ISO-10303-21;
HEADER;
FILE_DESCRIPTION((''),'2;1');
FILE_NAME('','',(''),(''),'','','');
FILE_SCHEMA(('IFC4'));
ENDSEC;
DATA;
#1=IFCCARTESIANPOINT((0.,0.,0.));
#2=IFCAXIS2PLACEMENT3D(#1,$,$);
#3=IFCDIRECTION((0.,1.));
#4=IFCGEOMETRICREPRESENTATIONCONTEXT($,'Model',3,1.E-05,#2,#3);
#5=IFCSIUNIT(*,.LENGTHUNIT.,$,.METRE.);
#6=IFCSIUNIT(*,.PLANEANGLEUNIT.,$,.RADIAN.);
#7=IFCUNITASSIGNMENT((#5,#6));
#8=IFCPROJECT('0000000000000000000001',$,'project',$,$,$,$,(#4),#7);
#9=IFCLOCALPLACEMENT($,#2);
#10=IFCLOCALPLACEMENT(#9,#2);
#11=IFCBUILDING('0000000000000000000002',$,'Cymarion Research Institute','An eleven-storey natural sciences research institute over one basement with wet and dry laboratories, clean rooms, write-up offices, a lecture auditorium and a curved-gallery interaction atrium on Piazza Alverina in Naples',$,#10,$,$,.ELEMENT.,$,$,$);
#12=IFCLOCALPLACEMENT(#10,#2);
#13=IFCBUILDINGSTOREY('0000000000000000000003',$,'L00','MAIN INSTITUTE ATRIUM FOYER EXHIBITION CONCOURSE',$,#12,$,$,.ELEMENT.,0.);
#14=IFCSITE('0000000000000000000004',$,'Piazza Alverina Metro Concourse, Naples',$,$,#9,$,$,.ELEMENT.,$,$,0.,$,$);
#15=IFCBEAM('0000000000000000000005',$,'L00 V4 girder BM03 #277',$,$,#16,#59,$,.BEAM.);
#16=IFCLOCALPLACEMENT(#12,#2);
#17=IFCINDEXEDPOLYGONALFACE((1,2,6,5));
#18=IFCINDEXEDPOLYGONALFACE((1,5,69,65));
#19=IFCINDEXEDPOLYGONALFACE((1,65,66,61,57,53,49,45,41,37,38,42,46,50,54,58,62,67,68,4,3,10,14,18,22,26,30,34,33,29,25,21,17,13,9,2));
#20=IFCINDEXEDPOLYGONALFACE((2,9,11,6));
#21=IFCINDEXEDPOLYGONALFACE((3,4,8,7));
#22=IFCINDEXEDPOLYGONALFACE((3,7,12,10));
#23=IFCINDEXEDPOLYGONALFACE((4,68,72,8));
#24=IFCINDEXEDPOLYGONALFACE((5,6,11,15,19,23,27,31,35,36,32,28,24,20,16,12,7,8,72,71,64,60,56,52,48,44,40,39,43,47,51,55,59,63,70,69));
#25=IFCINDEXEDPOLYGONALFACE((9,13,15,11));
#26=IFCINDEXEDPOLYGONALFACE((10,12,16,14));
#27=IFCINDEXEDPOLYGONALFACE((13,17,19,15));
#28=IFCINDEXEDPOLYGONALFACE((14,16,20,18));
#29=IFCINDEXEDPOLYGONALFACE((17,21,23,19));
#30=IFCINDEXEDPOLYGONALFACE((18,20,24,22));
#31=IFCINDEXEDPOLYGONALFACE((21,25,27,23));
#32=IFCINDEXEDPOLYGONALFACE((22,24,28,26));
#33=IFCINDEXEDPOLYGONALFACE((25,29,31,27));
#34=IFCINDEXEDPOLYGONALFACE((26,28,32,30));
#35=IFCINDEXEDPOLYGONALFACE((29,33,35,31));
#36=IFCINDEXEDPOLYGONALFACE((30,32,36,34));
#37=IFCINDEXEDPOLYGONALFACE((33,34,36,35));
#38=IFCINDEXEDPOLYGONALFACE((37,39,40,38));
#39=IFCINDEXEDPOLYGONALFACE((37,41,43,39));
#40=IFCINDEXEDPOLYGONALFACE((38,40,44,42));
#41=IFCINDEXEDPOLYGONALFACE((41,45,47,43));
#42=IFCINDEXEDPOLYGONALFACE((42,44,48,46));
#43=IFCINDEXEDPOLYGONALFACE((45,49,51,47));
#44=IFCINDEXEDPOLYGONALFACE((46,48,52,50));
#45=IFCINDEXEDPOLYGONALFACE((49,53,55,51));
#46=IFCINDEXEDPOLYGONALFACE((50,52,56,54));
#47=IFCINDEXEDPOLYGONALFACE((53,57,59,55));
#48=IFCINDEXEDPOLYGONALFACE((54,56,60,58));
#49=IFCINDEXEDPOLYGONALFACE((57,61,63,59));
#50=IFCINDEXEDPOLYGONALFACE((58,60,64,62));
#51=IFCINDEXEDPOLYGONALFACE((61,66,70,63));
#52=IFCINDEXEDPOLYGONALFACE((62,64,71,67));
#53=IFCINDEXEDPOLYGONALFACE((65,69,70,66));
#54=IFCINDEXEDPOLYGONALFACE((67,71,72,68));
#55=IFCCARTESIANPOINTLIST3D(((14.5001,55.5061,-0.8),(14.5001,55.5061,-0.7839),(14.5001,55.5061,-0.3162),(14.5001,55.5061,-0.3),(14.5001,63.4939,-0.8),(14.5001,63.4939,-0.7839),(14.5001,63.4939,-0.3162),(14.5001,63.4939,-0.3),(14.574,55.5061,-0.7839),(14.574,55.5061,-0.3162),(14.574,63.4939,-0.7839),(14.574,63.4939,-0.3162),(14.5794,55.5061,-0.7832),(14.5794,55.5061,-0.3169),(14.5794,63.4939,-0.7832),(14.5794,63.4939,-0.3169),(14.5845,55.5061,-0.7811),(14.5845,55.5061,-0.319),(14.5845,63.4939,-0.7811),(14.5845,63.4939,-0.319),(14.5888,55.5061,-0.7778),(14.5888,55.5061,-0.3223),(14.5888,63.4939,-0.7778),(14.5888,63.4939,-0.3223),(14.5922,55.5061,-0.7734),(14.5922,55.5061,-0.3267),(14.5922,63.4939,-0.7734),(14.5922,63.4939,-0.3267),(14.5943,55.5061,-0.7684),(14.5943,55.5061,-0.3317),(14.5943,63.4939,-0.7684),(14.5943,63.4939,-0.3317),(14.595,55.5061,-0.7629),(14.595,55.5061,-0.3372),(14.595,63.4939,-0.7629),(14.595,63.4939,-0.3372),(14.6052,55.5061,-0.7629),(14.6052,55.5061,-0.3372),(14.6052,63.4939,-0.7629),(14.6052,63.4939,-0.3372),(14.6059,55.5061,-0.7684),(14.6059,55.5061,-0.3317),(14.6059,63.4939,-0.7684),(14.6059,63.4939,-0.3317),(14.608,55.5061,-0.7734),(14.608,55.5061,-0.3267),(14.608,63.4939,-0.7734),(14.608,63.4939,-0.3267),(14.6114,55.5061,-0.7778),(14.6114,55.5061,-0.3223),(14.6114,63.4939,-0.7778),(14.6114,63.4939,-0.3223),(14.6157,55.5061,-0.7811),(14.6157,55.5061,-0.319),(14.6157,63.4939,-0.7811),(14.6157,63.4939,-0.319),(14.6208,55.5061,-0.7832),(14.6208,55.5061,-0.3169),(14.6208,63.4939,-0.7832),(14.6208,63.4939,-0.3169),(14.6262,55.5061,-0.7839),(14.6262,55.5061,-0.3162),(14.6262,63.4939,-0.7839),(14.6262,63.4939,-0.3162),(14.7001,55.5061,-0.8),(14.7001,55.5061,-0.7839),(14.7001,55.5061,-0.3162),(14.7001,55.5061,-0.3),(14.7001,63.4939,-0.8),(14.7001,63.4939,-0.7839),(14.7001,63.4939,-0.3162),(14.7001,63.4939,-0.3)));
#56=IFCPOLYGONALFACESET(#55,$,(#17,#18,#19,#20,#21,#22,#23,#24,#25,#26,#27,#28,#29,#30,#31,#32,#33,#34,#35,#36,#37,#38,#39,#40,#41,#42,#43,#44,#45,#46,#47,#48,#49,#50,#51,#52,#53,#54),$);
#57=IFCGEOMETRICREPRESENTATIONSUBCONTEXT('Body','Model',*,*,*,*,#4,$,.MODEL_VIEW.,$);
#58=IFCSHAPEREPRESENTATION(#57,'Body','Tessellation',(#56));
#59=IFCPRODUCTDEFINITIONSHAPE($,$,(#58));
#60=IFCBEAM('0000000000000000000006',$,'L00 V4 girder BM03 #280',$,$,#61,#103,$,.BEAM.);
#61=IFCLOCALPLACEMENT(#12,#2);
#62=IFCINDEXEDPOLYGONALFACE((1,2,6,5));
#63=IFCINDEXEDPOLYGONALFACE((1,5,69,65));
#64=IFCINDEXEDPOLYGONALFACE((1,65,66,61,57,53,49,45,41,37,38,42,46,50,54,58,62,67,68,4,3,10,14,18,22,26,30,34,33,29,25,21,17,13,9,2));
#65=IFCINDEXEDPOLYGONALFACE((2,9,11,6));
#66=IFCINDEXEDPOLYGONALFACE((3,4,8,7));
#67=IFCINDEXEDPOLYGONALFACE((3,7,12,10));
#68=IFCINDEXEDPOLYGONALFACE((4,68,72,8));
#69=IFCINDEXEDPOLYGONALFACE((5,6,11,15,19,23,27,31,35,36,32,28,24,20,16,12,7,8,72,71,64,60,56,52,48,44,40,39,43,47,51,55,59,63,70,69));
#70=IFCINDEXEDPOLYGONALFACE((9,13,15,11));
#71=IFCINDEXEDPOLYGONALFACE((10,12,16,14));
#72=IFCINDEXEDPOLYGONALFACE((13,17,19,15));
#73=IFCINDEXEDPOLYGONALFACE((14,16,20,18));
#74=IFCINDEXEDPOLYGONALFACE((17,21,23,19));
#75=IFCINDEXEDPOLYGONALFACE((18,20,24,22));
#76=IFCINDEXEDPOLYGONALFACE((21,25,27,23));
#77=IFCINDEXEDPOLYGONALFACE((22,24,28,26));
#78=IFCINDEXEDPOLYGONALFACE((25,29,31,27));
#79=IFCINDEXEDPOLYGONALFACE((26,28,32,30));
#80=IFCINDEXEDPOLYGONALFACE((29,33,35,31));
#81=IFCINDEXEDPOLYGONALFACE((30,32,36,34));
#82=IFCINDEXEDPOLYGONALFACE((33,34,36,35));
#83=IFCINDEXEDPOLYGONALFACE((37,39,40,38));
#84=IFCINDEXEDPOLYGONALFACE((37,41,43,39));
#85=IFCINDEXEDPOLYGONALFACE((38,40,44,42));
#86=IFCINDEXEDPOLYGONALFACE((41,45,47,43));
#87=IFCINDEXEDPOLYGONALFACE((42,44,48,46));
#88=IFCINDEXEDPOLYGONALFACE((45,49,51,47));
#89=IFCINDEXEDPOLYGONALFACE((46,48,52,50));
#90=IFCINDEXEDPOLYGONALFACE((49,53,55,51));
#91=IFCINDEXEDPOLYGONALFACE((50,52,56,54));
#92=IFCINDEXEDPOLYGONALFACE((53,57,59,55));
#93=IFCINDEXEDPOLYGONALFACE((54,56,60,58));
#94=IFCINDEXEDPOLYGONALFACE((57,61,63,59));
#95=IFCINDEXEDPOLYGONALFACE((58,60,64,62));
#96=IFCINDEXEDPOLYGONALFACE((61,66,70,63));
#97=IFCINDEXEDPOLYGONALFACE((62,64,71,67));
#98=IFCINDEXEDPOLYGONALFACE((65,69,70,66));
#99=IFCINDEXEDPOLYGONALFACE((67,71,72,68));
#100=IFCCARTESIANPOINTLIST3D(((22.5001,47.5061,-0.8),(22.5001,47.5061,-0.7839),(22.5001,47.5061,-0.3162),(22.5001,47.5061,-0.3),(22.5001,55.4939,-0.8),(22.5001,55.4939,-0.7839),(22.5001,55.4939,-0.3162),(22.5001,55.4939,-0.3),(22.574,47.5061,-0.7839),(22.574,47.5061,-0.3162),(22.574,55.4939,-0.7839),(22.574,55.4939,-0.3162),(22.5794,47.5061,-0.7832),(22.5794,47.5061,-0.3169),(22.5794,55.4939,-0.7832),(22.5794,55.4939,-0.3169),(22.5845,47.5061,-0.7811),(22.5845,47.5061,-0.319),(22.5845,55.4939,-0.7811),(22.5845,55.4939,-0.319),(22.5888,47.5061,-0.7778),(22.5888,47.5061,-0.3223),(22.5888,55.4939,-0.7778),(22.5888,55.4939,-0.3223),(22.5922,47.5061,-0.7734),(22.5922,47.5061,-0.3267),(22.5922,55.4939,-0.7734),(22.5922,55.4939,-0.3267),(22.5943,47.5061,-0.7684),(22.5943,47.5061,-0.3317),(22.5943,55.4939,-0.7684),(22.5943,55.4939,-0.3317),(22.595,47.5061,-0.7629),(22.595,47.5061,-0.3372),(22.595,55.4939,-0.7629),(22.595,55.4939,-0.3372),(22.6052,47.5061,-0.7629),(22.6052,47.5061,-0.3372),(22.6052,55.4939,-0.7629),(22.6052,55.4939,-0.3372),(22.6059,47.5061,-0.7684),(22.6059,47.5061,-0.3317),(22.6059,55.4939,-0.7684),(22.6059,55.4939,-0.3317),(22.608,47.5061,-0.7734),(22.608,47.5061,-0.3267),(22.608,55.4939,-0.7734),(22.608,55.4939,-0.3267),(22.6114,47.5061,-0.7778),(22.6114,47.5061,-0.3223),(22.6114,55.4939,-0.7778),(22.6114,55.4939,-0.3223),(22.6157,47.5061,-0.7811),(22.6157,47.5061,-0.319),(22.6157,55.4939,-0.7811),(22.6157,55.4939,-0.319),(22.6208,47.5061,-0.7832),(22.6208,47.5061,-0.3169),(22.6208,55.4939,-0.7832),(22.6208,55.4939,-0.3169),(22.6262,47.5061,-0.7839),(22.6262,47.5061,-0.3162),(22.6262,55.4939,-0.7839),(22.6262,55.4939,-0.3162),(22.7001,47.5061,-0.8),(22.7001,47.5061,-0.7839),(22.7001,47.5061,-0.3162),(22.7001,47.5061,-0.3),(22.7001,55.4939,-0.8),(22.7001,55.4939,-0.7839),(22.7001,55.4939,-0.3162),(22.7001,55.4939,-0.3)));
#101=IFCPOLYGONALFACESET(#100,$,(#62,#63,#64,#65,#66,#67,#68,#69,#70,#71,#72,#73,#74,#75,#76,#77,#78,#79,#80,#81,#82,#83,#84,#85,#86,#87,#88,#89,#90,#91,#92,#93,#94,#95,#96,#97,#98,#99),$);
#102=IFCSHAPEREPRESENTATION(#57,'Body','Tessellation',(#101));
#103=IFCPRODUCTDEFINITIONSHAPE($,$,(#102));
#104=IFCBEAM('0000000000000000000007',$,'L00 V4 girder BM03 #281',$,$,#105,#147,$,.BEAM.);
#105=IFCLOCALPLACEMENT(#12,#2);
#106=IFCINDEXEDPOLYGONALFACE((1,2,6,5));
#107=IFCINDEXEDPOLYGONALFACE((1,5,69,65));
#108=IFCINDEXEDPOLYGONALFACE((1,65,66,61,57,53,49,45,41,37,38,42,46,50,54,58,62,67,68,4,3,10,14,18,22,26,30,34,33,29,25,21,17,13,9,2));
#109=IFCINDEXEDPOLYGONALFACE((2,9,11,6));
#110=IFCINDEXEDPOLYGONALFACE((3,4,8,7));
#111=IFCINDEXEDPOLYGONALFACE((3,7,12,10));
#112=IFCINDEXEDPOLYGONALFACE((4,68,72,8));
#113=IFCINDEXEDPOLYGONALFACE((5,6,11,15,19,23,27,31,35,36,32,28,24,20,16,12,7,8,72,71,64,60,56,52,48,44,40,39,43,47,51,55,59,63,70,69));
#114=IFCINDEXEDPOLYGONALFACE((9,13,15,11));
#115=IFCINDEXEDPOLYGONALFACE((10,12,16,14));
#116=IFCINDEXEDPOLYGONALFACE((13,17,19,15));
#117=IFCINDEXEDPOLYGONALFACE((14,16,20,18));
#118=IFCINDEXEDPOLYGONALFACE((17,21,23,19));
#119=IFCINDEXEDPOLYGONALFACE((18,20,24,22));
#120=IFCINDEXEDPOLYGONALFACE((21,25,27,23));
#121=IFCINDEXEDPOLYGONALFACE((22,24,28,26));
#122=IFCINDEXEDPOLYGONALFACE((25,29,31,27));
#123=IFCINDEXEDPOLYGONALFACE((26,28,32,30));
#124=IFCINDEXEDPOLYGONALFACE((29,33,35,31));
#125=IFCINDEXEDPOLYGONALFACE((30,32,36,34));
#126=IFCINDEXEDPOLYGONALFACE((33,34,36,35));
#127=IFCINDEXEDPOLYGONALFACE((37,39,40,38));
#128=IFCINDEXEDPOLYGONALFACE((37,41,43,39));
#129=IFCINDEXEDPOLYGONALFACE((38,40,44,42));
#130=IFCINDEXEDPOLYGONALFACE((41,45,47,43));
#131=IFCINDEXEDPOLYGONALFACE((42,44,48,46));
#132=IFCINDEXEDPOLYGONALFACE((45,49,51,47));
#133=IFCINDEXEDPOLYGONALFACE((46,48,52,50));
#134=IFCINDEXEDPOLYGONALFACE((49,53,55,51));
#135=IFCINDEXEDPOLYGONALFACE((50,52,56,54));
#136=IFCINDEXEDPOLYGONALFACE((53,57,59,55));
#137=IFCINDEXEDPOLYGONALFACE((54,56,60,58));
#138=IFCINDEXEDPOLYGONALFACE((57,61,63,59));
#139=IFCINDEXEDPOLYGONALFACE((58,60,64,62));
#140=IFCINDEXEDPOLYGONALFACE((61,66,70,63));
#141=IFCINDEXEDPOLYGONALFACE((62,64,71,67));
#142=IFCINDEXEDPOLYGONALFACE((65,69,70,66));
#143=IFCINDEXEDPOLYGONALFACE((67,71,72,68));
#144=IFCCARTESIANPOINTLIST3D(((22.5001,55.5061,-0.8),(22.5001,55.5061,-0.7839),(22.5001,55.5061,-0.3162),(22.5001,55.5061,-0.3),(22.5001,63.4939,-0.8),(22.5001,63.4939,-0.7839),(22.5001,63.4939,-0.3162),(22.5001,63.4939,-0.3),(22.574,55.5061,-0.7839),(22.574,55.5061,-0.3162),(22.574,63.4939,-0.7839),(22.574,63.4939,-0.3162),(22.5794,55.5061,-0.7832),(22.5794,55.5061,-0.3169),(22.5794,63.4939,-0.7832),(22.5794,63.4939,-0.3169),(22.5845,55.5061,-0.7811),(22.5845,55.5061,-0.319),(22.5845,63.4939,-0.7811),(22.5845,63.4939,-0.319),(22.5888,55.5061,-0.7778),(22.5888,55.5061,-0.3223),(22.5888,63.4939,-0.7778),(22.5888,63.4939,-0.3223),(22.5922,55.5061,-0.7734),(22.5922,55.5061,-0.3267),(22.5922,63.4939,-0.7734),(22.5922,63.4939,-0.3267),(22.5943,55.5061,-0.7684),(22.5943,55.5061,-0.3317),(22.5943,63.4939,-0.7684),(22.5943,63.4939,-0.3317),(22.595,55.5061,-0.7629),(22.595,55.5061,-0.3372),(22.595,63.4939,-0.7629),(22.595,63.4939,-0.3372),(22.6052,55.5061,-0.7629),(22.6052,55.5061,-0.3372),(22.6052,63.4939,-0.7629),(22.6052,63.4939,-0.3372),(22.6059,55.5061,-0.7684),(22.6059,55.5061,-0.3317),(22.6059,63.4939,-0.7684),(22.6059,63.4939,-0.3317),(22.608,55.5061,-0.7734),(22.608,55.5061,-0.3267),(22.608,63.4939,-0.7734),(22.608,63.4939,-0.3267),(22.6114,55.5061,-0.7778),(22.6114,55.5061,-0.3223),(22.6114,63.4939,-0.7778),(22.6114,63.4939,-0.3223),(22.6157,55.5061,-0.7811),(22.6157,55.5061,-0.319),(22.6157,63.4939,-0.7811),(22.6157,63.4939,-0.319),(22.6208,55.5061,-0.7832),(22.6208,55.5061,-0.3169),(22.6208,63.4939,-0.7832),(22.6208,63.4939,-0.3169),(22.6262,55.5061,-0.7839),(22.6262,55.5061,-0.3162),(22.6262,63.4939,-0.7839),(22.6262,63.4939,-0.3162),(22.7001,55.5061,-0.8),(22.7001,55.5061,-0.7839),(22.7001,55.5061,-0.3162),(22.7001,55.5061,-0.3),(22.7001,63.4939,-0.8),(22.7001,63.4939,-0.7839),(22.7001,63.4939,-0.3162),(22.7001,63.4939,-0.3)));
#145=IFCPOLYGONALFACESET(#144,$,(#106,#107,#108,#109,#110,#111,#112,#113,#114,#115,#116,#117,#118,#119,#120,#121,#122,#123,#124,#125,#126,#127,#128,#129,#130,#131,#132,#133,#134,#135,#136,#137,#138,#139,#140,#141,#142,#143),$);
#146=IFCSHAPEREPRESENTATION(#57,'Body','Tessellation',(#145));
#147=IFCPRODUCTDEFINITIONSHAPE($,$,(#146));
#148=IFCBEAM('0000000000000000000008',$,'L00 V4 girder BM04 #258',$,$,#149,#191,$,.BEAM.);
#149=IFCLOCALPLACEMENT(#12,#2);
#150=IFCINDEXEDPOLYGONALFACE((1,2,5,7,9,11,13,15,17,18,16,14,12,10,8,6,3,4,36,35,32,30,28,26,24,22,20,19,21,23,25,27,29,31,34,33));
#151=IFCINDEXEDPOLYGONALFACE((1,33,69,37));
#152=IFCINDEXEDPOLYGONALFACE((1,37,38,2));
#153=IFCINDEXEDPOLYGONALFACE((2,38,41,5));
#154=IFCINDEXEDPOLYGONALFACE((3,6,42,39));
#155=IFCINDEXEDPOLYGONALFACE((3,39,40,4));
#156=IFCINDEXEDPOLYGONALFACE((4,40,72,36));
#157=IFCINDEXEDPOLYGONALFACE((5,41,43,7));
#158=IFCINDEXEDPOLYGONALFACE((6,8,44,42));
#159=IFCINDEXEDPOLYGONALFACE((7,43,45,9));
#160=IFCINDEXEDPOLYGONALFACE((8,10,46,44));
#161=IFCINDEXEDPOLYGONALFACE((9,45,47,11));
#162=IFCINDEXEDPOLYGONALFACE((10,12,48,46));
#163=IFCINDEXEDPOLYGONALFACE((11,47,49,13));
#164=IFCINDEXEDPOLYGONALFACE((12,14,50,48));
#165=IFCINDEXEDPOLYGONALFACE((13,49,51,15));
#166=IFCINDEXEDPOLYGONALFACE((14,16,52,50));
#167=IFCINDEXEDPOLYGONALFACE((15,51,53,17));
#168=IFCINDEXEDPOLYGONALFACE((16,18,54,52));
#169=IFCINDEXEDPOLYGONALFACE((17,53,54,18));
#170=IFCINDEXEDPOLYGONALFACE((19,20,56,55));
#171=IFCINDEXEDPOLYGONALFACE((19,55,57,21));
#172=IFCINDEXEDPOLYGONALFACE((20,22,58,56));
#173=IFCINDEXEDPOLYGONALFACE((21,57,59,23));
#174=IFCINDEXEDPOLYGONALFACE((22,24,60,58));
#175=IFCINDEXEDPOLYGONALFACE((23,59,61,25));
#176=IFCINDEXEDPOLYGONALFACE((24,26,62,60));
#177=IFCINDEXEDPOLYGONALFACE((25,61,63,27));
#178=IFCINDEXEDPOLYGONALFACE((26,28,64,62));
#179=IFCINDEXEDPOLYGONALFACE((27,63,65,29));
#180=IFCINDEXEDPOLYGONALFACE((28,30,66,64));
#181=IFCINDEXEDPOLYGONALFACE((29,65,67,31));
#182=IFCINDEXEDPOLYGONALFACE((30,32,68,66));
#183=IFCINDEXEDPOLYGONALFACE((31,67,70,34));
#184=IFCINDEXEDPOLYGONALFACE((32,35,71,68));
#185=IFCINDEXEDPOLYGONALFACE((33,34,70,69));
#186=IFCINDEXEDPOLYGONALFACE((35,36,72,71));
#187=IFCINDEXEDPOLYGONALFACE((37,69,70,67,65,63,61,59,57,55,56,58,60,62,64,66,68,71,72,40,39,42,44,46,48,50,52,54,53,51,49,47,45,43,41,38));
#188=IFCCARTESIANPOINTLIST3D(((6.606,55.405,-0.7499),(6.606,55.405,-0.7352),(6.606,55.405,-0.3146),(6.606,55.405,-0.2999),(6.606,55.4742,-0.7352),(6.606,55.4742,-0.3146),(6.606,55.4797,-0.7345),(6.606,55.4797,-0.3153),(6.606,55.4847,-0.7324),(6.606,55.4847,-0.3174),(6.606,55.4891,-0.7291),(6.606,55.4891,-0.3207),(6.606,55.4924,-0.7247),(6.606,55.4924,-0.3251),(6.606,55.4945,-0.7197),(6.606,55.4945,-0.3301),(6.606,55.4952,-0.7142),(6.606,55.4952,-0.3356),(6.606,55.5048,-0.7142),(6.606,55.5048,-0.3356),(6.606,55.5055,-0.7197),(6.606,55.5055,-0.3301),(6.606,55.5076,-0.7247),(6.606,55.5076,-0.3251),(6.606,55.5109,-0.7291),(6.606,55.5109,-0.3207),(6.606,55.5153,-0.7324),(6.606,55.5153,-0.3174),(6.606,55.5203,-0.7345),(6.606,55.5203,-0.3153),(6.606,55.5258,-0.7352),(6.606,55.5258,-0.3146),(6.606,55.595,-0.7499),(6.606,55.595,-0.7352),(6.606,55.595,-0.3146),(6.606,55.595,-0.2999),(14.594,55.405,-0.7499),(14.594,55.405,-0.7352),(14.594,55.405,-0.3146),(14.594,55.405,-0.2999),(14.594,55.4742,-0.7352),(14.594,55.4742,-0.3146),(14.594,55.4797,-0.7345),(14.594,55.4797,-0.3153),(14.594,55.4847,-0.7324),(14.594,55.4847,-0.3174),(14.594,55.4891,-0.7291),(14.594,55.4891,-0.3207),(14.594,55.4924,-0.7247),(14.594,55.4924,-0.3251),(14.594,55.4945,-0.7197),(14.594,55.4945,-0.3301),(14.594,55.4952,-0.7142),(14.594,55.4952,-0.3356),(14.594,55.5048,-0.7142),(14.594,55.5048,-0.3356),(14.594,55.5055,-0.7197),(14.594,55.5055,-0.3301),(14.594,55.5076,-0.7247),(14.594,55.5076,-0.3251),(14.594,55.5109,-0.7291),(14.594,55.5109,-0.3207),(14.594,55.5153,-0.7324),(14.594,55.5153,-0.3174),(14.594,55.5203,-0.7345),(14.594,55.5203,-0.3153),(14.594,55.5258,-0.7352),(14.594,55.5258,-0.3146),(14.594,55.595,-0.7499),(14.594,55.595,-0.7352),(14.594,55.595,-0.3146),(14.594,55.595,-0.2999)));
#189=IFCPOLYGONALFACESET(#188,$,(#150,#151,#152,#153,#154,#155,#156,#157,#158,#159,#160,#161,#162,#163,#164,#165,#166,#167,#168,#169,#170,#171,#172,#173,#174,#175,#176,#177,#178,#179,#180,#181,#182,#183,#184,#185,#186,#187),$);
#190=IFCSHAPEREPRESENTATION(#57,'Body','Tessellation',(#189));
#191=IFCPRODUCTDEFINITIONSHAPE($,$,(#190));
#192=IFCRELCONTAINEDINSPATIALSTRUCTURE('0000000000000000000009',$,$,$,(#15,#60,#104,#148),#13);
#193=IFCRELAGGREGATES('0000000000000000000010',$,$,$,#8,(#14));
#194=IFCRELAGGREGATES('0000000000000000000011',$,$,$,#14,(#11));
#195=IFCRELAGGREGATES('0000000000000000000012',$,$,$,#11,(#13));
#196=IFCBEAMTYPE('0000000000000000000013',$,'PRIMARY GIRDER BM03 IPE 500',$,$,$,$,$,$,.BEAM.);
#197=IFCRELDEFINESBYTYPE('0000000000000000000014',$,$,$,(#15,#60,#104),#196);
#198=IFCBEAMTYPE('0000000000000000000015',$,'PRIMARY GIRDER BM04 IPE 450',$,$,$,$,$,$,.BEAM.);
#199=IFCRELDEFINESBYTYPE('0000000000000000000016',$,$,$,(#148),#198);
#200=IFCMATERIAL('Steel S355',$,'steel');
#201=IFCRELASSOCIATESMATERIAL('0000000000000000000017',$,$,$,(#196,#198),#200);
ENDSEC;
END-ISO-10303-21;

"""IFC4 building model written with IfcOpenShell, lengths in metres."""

from ifc_helpers import new_model, si_unit, direction, frame, origin, origin_2d, place, context, subcontext, project, spatial, i_section, extrude, material, material_profile, profile_set, type_object, element, save


model = new_model("IFC4")

# Units and contexts
model_context = context("Model", 3, precision=1e-05, world=origin(), true_north=direction((0.0, 1.0)))
body_context = subcontext(model_context, "Body", "Model", "MODEL_VIEW")
ifc_project = project(units=[si_unit("LENGTHUNIT", "METRE"), si_unit("PLANEANGLEUNIT", "RADIAN")], contexts=[model_context])

# Site, building, storey
site_placement = place(None, origin())
site = spatial("IfcSite", under=ifc_project, at=site_placement, Name="Piazza Alverina Metro Concourse, Naples", CompositionType="ELEMENT", RefElevation=0.0)
building_placement = place(site_placement, origin())
building = spatial("IfcBuilding", under=site, at=building_placement, Name="Cymarion Research Institute", Description="An eleven-storey natural sciences research institute over one basement with wet and dry laboratories, clean rooms, write-up offices, a lecture auditorium and a curved-gallery interaction atrium on Piazza Alverina in Naples", CompositionType="ELEMENT")
storey_placement = place(building_placement, origin())
storey = spatial("IfcBuildingStorey", under=building, at=storey_placement, Name="L00", Description="MAIN INSTITUTE ATRIUM FOYER EXHIBITION CONCOURSE", CompositionType="ELEMENT", Elevation=0.0)

# Shared definitions
ifc_material_1 = material(Name="Steel S355", Category="steel")

# Beams
ifc_material_profile_1 = material_profile(ifc_material_1, i_section(OverallWidth=0.2, OverallDepth=0.5, WebThickness=0.0103, FlangeThickness=0.0161, FilletRadius=0.021, at=origin_2d()), Name="IPE 500")
ifc_profile_set_1 = profile_set([ifc_material_profile_1], Name="Steel S355")
beam_type_1 = type_object("IfcBeamType", Name="PRIMARY GIRDER BM03 IPE 500", PredefinedType="BEAM", material=ifc_profile_set_1)
for number, where, z_axis, x_axis, name in (
    (1, (14.6001, 55.5061, -0.55), (0.0, 1.0, 0.0), (-1.0, 0.0, 0.0), "L00 V4 girder BM03 #277"),
    (2, (22.6001, 47.5061, -0.55), (0.0, 1.0, 0.0), (-1.0, 0.0, 0.0), "L00 V4 girder BM03 #280"),
    (3, (22.6001, 55.5061, -0.55), (0.0, 1.0, 0.0), (-1.0, 0.0, 0.0), "L00 V4 girder BM03 #281"),
):
    element("IfcBeam", number, at=place(storey_placement, frame(where, z_axis=z_axis, x_axis=x_axis)), inside=storey, type_object=beam_type_1, Name=name, PredefinedType="BEAM", context=body_context, shape_type="SweptSolid", body=[
        extrude(i_section(OverallWidth=0.2, OverallDepth=0.5, WebThickness=0.0103, FlangeThickness=0.0161, FilletRadius=0.021, at=origin_2d()), origin(), (0.0, 0.0, 1.0), 7.9878),
    ])
ifc_material_profile_2 = material_profile(ifc_material_1, i_section(OverallWidth=0.1899, OverallDepth=0.45, WebThickness=0.0095, FlangeThickness=0.0146, FilletRadius=0.021, at=origin_2d()), Name="IPE 450")
ifc_profile_set_2 = profile_set([ifc_material_profile_2], Name="Steel S355")
beam_type_2 = type_object("IfcBeamType", Name="PRIMARY GIRDER BM04 IPE 450", PredefinedType="BEAM", material=ifc_profile_set_2)
for number, where, z_axis, x_axis, name in (
    (4, (6.606, 55.5, -0.5249), (1.0, 0.0, 0.0), (0.0, 1.0, 0.0), "L00 V4 girder BM04 #258"),
):
    element("IfcBeam", number, at=place(storey_placement, frame(where, z_axis=z_axis, x_axis=x_axis)), inside=storey, type_object=beam_type_2, Name=name, PredefinedType="BEAM", context=body_context, shape_type="SweptSolid", body=[
        extrude(i_section(OverallWidth=0.1899, OverallDepth=0.45, WebThickness=0.0095, FlangeThickness=0.0146, FilletRadius=0.021, at=origin_2d()), origin(), (0.0, 0.0, 1.0), 7.988),
    ])

save(model, "model.ifc")
